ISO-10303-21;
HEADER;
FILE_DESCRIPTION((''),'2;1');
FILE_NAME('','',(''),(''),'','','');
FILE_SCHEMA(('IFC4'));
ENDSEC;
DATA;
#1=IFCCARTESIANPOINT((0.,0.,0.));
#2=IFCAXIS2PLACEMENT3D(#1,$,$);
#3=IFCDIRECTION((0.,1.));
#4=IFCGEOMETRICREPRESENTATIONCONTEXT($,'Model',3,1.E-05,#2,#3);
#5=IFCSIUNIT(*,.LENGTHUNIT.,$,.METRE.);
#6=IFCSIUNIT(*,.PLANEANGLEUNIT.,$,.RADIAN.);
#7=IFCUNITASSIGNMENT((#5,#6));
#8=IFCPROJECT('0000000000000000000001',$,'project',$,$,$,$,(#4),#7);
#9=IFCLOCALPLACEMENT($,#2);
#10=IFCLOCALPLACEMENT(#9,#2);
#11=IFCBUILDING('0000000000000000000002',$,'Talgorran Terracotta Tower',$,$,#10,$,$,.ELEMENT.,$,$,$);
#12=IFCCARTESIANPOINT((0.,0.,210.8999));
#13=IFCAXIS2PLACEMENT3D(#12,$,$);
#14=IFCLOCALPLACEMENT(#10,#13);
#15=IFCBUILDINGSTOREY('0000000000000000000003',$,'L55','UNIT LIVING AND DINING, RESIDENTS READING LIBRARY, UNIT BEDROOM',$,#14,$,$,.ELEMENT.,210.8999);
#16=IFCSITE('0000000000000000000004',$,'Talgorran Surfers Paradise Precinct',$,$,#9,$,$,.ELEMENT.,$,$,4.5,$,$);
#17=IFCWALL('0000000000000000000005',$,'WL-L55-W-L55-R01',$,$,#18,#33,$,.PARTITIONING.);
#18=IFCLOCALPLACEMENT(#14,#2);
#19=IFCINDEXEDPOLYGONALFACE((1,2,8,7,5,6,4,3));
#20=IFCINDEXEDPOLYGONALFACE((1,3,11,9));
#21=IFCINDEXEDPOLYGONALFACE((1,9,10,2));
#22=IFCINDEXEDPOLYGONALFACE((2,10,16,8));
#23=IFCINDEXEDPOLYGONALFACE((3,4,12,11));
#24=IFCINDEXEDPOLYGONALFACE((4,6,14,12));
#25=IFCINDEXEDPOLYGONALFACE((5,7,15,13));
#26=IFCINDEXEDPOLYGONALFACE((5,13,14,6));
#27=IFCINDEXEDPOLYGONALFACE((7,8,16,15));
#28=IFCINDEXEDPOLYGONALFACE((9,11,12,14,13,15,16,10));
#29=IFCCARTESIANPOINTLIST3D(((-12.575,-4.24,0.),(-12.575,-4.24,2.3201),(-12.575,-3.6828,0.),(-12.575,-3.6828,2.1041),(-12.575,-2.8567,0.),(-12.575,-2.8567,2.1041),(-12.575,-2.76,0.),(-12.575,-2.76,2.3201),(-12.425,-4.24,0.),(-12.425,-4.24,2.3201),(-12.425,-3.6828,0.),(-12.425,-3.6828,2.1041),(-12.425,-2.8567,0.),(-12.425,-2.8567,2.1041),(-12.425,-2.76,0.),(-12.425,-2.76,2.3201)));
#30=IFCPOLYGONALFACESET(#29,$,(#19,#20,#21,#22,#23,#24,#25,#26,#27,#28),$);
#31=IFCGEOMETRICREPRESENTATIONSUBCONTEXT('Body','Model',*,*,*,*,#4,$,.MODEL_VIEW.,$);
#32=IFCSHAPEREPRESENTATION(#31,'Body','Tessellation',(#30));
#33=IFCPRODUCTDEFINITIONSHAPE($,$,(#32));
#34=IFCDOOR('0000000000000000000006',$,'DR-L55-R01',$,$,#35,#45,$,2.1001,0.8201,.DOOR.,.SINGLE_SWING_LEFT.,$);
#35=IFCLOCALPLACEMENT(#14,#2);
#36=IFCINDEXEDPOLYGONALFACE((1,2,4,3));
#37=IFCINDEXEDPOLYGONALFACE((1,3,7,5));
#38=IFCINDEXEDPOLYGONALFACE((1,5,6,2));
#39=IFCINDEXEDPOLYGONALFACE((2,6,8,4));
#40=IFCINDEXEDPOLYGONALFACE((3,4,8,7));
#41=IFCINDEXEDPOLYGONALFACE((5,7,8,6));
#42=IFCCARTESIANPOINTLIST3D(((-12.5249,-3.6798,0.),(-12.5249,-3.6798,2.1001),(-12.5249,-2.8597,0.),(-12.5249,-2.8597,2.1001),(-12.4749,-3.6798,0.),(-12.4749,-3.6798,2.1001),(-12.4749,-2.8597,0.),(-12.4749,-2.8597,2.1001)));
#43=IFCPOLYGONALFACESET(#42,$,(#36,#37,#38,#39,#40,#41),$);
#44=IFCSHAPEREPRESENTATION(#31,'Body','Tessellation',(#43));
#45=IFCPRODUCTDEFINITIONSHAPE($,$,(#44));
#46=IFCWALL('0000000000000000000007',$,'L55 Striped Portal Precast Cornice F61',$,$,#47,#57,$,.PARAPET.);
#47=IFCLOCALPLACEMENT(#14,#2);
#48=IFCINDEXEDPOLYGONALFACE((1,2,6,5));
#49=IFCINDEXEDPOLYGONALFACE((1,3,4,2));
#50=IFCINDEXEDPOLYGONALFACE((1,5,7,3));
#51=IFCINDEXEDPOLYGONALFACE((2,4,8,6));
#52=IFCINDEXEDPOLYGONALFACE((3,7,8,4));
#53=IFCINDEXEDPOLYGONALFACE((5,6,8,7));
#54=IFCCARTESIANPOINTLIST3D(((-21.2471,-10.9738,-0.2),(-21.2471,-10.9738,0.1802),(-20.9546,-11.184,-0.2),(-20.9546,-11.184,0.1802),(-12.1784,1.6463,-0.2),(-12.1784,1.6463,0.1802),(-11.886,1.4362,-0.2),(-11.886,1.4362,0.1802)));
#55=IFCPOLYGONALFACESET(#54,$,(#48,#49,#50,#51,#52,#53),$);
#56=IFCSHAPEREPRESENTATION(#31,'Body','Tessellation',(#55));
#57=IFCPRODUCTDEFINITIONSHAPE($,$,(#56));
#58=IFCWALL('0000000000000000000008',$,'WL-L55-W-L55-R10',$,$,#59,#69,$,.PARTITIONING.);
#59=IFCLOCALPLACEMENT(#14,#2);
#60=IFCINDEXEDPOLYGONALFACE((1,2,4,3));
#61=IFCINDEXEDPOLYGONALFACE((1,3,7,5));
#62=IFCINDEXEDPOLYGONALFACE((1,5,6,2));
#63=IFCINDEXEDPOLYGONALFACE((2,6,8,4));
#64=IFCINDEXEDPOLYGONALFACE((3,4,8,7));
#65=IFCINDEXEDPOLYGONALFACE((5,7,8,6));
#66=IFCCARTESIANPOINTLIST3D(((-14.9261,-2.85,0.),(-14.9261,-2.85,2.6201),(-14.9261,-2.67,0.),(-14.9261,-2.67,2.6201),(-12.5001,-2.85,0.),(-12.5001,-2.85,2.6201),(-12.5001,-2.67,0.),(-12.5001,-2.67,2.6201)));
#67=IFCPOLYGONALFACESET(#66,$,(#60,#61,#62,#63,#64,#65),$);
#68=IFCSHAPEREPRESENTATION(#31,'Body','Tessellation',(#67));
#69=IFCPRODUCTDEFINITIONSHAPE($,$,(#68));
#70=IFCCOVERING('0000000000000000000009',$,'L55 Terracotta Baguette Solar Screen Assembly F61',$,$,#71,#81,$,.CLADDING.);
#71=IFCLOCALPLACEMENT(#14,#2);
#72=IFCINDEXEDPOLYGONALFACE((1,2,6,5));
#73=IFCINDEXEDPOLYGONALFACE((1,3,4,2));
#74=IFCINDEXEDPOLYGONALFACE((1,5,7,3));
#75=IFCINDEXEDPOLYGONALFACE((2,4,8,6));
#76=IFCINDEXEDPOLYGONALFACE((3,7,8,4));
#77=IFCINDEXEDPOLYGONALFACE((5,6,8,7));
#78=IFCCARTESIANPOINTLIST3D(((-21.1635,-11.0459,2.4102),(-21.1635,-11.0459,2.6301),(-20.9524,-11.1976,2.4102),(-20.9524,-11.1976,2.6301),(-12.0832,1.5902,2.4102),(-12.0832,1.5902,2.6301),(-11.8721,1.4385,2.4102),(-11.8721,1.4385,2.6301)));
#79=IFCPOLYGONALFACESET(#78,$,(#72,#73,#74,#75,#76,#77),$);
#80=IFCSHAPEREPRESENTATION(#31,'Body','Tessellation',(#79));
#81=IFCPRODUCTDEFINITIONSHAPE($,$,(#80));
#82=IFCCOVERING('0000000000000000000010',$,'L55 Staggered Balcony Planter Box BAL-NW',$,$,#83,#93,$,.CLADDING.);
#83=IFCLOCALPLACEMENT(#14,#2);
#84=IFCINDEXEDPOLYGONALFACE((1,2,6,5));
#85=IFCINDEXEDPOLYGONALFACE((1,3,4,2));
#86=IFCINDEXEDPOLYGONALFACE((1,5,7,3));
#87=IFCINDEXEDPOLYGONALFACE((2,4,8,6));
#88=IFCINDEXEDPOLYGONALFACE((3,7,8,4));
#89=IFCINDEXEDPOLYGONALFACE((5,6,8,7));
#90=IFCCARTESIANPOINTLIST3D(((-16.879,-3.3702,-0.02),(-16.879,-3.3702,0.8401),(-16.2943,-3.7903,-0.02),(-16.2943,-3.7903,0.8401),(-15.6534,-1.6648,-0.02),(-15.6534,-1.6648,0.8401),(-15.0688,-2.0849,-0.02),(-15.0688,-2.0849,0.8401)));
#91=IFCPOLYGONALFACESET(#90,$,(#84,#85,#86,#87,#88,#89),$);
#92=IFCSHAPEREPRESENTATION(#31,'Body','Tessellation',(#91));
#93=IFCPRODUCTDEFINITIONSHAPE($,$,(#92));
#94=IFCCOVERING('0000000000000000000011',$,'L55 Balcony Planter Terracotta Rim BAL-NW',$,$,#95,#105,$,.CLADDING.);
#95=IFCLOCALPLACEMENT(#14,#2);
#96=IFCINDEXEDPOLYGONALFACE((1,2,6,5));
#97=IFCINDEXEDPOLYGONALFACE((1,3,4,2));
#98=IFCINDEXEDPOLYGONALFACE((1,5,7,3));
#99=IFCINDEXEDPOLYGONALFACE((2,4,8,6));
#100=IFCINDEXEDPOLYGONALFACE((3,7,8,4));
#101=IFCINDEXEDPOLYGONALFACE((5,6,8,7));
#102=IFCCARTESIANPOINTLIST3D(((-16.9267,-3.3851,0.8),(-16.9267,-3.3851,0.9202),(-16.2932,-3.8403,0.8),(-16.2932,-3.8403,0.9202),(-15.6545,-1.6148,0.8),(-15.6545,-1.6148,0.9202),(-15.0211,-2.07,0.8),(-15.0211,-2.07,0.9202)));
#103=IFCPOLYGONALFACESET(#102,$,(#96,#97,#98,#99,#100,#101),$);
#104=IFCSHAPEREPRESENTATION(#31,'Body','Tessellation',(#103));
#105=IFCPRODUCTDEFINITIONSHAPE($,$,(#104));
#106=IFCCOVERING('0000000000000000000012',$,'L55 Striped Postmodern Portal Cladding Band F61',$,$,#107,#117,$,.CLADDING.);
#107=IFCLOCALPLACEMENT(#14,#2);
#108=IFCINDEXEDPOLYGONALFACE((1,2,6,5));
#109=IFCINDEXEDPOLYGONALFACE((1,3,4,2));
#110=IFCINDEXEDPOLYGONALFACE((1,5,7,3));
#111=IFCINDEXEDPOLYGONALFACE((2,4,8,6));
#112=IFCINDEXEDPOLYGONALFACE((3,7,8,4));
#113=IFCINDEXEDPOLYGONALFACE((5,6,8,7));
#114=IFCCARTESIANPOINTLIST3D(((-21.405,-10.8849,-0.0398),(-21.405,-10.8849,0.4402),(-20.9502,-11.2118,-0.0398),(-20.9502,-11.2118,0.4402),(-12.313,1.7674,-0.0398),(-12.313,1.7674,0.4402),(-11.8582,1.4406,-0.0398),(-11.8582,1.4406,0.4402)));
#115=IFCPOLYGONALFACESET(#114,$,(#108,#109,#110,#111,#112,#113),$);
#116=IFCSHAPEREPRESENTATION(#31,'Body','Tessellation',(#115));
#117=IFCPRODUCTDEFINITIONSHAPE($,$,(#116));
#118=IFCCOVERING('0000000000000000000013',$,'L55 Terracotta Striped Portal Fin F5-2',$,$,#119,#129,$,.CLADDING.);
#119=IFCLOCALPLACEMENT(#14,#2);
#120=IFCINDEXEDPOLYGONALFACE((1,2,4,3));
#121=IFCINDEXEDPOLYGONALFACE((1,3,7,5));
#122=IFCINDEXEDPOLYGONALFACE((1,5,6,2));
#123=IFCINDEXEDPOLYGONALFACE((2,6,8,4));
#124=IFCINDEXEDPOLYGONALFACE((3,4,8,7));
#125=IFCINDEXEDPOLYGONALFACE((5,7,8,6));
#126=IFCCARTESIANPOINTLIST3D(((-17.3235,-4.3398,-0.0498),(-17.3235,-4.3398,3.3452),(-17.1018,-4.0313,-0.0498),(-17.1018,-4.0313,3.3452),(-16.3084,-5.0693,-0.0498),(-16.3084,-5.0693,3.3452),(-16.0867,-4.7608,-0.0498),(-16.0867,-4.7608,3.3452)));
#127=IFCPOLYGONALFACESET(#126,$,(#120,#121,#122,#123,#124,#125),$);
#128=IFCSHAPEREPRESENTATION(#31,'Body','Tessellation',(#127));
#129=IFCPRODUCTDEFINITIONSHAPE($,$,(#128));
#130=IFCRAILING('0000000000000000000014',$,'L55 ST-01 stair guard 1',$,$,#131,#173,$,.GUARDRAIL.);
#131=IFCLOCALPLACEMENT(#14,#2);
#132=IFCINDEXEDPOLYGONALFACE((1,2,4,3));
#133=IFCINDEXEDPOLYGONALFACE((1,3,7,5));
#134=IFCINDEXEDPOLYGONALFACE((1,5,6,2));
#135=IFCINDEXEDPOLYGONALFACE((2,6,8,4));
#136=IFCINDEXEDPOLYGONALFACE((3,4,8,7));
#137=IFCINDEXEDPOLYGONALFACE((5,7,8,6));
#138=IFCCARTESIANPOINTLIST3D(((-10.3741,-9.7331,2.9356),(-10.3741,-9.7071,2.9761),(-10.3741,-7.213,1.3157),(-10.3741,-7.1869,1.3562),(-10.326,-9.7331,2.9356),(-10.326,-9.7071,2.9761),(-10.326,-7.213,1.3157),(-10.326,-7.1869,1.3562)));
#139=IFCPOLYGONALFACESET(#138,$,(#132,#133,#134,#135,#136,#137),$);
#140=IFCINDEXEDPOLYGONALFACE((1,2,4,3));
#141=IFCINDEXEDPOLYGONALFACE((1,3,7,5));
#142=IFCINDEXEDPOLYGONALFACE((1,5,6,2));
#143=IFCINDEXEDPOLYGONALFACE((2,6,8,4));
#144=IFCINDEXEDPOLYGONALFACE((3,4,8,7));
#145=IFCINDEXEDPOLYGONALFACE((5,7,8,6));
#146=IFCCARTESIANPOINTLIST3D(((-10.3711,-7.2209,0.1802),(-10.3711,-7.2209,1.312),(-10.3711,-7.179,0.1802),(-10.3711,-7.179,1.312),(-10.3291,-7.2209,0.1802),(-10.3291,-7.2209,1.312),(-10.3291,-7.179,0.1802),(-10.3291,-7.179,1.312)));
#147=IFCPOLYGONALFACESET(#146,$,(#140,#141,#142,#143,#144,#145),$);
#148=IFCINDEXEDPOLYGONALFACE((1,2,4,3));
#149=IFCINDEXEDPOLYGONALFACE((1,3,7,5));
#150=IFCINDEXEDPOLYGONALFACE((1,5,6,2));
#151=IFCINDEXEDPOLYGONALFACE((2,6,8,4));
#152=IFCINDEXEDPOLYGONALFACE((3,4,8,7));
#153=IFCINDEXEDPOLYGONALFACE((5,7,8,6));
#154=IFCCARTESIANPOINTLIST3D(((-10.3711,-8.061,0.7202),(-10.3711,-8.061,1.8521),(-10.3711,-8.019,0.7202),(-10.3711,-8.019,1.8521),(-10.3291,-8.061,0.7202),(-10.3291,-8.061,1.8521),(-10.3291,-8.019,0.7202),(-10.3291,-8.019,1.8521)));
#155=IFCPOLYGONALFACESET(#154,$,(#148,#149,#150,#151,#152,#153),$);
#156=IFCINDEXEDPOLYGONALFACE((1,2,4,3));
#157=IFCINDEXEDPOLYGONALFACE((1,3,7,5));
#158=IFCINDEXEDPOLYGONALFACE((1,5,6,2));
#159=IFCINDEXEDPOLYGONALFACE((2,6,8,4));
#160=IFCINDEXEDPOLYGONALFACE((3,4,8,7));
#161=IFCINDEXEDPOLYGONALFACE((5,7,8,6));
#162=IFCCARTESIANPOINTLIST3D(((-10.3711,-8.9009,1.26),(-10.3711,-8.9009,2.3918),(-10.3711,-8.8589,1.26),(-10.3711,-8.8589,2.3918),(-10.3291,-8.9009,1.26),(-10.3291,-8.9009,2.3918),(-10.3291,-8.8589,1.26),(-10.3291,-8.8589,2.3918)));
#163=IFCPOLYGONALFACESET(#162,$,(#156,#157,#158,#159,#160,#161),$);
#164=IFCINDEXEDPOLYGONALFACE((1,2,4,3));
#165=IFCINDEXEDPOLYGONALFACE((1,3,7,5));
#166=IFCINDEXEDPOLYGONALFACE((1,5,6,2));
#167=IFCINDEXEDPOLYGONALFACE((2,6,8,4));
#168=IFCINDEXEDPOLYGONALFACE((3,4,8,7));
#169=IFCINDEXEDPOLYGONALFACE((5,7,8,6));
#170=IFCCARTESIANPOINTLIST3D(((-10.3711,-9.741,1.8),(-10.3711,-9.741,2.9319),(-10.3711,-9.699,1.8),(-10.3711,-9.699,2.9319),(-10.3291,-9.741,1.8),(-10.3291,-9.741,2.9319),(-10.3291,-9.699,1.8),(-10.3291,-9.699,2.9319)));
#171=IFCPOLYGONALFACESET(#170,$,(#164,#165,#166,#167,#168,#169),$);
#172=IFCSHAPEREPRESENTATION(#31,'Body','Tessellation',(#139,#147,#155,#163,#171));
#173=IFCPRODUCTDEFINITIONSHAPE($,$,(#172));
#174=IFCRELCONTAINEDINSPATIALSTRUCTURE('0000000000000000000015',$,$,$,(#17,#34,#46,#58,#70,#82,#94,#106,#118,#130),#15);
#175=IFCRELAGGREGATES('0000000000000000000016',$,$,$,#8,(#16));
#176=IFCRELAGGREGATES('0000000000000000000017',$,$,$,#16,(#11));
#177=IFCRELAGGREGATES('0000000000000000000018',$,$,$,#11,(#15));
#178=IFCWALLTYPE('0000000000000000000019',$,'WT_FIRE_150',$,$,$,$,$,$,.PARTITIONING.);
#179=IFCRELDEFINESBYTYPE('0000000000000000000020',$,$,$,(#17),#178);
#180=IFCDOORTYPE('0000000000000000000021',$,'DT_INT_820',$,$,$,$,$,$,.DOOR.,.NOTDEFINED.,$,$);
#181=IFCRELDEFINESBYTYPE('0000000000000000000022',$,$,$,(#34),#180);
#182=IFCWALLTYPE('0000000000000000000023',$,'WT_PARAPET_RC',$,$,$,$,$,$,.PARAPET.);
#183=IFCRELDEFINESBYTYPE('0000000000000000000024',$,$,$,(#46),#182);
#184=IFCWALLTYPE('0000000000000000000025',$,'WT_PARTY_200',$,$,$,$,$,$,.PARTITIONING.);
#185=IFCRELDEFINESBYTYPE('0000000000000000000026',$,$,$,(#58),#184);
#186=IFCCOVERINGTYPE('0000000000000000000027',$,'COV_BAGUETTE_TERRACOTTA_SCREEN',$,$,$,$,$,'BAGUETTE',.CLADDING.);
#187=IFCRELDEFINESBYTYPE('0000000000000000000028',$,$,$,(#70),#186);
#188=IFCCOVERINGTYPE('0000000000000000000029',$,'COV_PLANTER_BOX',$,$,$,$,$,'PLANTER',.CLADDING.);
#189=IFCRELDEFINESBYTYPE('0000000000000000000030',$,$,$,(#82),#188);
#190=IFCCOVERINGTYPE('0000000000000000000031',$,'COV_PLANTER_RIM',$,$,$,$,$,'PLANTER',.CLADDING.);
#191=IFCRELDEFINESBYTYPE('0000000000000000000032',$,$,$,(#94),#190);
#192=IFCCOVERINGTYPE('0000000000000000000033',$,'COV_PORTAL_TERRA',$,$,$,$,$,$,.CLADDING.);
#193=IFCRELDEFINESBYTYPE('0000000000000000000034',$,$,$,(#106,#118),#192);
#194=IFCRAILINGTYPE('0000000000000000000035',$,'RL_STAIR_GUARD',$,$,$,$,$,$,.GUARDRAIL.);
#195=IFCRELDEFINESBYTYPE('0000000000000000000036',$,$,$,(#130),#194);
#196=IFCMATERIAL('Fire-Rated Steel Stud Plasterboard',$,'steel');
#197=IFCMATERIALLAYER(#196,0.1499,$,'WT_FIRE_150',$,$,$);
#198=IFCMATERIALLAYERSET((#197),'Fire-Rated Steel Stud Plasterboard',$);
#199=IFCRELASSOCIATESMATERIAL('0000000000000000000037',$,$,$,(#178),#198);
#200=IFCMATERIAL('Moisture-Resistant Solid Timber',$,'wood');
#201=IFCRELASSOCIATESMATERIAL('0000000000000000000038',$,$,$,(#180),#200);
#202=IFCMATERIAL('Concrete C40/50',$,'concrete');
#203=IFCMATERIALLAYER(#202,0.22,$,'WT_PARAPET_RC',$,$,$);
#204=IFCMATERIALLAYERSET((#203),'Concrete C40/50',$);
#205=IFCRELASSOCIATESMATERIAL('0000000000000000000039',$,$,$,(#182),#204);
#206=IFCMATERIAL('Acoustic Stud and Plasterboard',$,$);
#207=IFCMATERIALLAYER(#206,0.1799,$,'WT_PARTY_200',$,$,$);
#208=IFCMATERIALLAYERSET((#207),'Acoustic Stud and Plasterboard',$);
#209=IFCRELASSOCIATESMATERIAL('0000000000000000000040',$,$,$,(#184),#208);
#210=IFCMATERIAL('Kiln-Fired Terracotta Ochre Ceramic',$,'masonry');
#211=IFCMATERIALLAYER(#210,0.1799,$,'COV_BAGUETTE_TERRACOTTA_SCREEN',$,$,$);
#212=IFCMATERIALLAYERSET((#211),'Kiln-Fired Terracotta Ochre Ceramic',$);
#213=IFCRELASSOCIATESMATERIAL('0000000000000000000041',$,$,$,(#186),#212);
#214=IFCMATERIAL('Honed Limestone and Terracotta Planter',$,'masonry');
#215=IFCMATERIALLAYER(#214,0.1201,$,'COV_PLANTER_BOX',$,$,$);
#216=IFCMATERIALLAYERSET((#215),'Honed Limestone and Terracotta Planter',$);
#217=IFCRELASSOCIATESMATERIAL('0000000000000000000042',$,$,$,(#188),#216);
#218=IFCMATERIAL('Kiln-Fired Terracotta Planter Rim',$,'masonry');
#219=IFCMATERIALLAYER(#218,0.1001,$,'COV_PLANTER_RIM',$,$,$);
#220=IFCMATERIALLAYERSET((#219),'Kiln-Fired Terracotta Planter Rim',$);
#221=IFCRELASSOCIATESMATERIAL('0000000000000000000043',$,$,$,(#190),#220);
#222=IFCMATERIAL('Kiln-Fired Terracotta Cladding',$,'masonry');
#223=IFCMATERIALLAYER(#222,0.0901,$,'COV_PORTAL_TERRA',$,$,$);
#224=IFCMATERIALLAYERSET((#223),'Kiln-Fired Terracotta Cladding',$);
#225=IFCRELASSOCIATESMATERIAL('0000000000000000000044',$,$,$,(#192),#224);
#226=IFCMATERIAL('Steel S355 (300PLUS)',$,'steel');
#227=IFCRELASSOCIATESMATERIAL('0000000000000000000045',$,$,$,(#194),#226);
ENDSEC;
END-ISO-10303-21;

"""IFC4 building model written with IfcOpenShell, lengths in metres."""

from ifc_helpers import new_model, si_unit, direction, frame, frame_2d, origin, origin_2d, place, context, subcontext, project, spatial, rectangle, extrude, material, layer, layer_set, type_object, element, fill, save


model = new_model("IFC4")

# Units and contexts
model_context = context("Model", 3, precision=1e-05, world=origin(), true_north=direction((0.0, 1.0)))
body_context = subcontext(model_context, "Body", "Model", "MODEL_VIEW")
ifc_project = project(units=[si_unit("LENGTHUNIT", "METRE"), si_unit("PLANEANGLEUNIT", "RADIAN")], contexts=[model_context])

# Site, building, storey
site_placement = place(None, origin())
site = spatial("IfcSite", under=ifc_project, at=site_placement, Name="Talgorran Surfers Paradise Precinct", CompositionType="ELEMENT", RefElevation=4.5)
building_placement = place(site_placement, origin())
building = spatial("IfcBuilding", under=site, at=building_placement, Name="Talgorran Terracotta Tower", CompositionType="ELEMENT")
storey_placement = place(building_placement, frame((0.0, 0.0, 210.8999)))
storey = spatial("IfcBuildingStorey", under=building, at=storey_placement, Name="L55", Description="UNIT LIVING AND DINING, RESIDENTS READING LIBRARY, UNIT BEDROOM", CompositionType="ELEMENT", Elevation=210.8999)

# Shared definitions
ifc_material_1 = material(Name="Steel S355 (300PLUS)", Category="steel")

# Wall, opening, door
ifc_material_2 = material(Name="Fire-Rated Steel Stud Plasterboard", Category="steel")
ifc_layer_1 = layer(ifc_material_2, 0.1499, Name="WT_FIRE_150")
ifc_layer_set_1 = layer_set([ifc_layer_1], Name="Fire-Rated Steel Stud Plasterboard")
wall_type_1 = type_object("IfcWallType", Name="WT_FIRE_150", PredefinedType="PARTITIONING", material=ifc_layer_set_1)
wall_1_placement = place(storey_placement, frame((-12.5, -4.24, 0.0), z_axis=(0.0, 0.0, 1.0), x_axis=(0.0, 1.0, 0.0)))
wall_1 = element("IfcWall", 1, at=wall_1_placement, inside=storey, type_object=wall_type_1, Name="WL-L55-W-L55-R01", PredefinedType="PARTITIONING", context=body_context, shape_type="SweptSolid", body=[
    extrude(rectangle(XDim=1.48, YDim=0.1499, at=frame_2d((0.74, 0.0))), origin(), (0.0, 0.0, 1.0), 2.3201),
])
opening_1_placement = place(wall_1_placement, frame((0.5601, 0.0, 0.0)))
opening_1 = element("IfcOpeningElement", 2, at=opening_1_placement, cuts=wall_1, PredefinedType="OPENING", context=body_context, shape_type="SweptSolid", body=[
    extrude(rectangle(XDim=0.8261, YDim=2.1041, at=frame_2d((0.4102, 1.052))), frame((0.0, 0.085, 0.0), z_axis=(0.0, -1.0, 0.0), x_axis=(1.0, 0.0, 0.0)), (0.0, 0.0, 1.0), 0.1699),
])
ifc_material_3 = material(Name="Moisture-Resistant Solid Timber", Category="wood")
door_type_1 = type_object("IfcDoorType", Name="DT_INT_820", OperationType="NOTDEFINED", PredefinedType="DOOR", material=ifc_material_3)
door_1_placement = place(opening_1_placement, origin())
door_1 = element("IfcDoor", 3, at=door_1_placement, inside=storey, type_object=door_type_1, Name="DR-L55-R01", OperationType="SINGLE_SWING_LEFT", OverallHeight=2.1001, OverallWidth=0.8201, PredefinedType="DOOR", context=body_context, shape_type="SweptSolid", body=[
    extrude(rectangle(XDim=0.8201, YDim=2.1001, at=frame_2d((0.4102, 1.05))), frame((0.0, 0.0249, 0.0), z_axis=(0.0, -1.0, 0.0), x_axis=(1.0, 0.0, 0.0)), (0.0, 0.0, 1.0), 0.05),
])
fill(opening_1, door_1)

# Walls
ifc_material_4 = material(Name="Concrete C40/50", Category="concrete")
ifc_layer_2 = layer(ifc_material_4, 0.22, Name="WT_PARAPET_RC")
ifc_layer_set_2 = layer_set([ifc_layer_2], Name="Concrete C40/50")
wall_type_2 = type_object("IfcWallType", Name="WT_PARAPET_RC", PredefinedType="PARAPET", material=ifc_layer_set_2)
wall_2_placement = place(storey_placement, frame((-12.0322, 1.5413, -0.2), z_axis=(0.0, 0.0, 1.0), x_axis=(-0.583547, -0.81208, 0.0)))
element("IfcWall", 4, at=wall_2_placement, inside=storey, type_object=wall_type_2, Name="L55 Striped Portal Precast Cornice F61", PredefinedType="PARAPET", context=body_context, shape_type="SweptSolid", body=[
    extrude(rectangle(XDim=15.5405, YDim=0.3601, at=frame_2d((7.7703, 0.0))), origin(), (0.0, 0.0, 1.0), 0.3801),
])
ifc_material_5 = material(Name="Acoustic Stud and Plasterboard")
ifc_layer_3 = layer(ifc_material_5, 0.1799, Name="WT_PARTY_200")
ifc_layer_set_3 = layer_set([ifc_layer_3], Name="Acoustic Stud and Plasterboard")
wall_type_3 = type_object("IfcWallType", Name="WT_PARTY_200", PredefinedType="PARTITIONING", material=ifc_layer_set_3)
wall_3_placement = place(storey_placement, frame((-14.926, -2.76, 0.0), z_axis=(0.0, 0.0, 1.0), x_axis=(1.0, 0.0, 0.0)))
element("IfcWall", 5, at=wall_3_placement, inside=storey, type_object=wall_type_3, Name="WL-L55-W-L55-R10", PredefinedType="PARTITIONING", context=body_context, shape_type="SweptSolid", body=[
    extrude(rectangle(XDim=2.426, YDim=0.1799, at=frame_2d((1.2129, 0.0))), origin(), (0.0, 0.0, 1.0), 2.6201),
])

# Coverings
ifc_material_6 = material(Name="Kiln-Fired Terracotta Ochre Ceramic", Category="masonry")
ifc_layer_4 = layer(ifc_material_6, 0.1799, Name="COV_BAGUETTE_TERRACOTTA_SCREEN")
ifc_layer_set_4 = layer_set([ifc_layer_4], Name="Kiln-Fired Terracotta Ochre Ceramic")
covering_type_1 = type_object("IfcCoveringType", Name="COV_BAGUETTE_TERRACOTTA_SCREEN", ElementType="BAGUETTE", PredefinedType="CLADDING", material=ifc_layer_set_4)
covering_1_placement = place(storey_placement, frame((-16.5178, -4.8037, 2.4102), z_axis=(0.0, 0.0, 1.0), x_axis=(-0.583555, -0.812073, 0.0)))
element("IfcCovering", 6, at=covering_1_placement, inside=storey, type_object=covering_type_1, Name="L55 Terracotta Baguette Solar Screen Assembly F61", PredefinedType="CLADDING", context=body_context, shape_type="SweptSolid", body=[
    extrude(rectangle(XDim=15.5603, YDim=0.26, at=origin_2d()), origin(), (0.0, 0.0, 1.0), 0.22),
])
ifc_material_7 = material(Name="Honed Limestone and Terracotta Planter", Category="masonry")
ifc_layer_5 = layer(ifc_material_7, 0.1201, Name="COV_PLANTER_BOX")
ifc_layer_set_5 = layer_set([ifc_layer_5], Name="Honed Limestone and Terracotta Planter")
covering_type_2 = type_object("IfcCoveringType", Name="COV_PLANTER_BOX", ElementType="PLANTER", PredefinedType="CLADDING", material=ifc_layer_set_5)
covering_2_placement = place(storey_placement, frame((-15.9739, -2.7275, -0.02), z_axis=(0.0, 0.0, 1.0), x_axis=(-0.583555, -0.812073, 0.0)))
element("IfcCovering", 7, at=covering_2_placement, inside=storey, type_object=covering_type_2, Name="L55 Staggered Balcony Planter Box BAL-NW", PredefinedType="CLADDING", context=body_context, shape_type="SweptSolid", body=[
    extrude(rectangle(XDim=2.1001, YDim=0.72, at=origin_2d()), origin(), (0.0, 0.0, 1.0), 0.8601),
])
ifc_material_8 = material(Name="Kiln-Fired Terracotta Planter Rim", Category="masonry")
ifc_layer_6 = layer(ifc_material_8, 0.1001, Name="COV_PLANTER_RIM")
ifc_layer_set_6 = layer_set([ifc_layer_6], Name="Kiln-Fired Terracotta Planter Rim")
covering_type_3 = type_object("IfcCoveringType", Name="COV_PLANTER_RIM", ElementType="PLANTER", PredefinedType="CLADDING", material=ifc_layer_set_6)
covering_3_placement = place(storey_placement, frame((-15.9739, -2.7275, 0.8), z_axis=(0.0, 0.0, 1.0), x_axis=(-0.583555, -0.812073, 0.0)))
element("IfcCovering", 8, at=covering_3_placement, inside=storey, type_object=covering_type_3, Name="L55 Balcony Planter Terracotta Rim BAL-NW", PredefinedType="CLADDING", context=body_context, shape_type="SweptSolid", body=[
    extrude(rectangle(XDim=2.1799, YDim=0.78, at=origin_2d()), origin(), (0.0, 0.0, 1.0), 0.1201),
])
ifc_material_9 = material(Name="Kiln-Fired Terracotta Cladding", Category="masonry")
ifc_layer_7 = layer(ifc_material_9, 0.0901, Name="COV_PORTAL_TERRA")
ifc_layer_set_7 = layer_set([ifc_layer_7], Name="Kiln-Fired Terracotta Cladding")
covering_type_4 = type_object("IfcCoveringType", Name="COV_PORTAL_TERRA", PredefinedType="CLADDING", material=ifc_layer_set_7)
covering_4_placement = place(storey_placement, frame((-16.6316, -4.7222, -0.0398), z_axis=(0.0, 0.0, 1.0), x_axis=(-0.583555, -0.812073, 0.0)))
element("IfcCovering", 9, at=covering_4_placement, inside=storey, type_object=covering_type_4, Name="L55 Striped Postmodern Portal Cladding Band F61", PredefinedType="CLADDING", context=body_context, shape_type="SweptSolid", body=[
    extrude(rectangle(XDim=15.5803, YDim=0.5601, at=origin_2d()), origin(), (0.0, 0.0, 1.0), 0.48),
])
covering_5_placement = place(storey_placement, frame((-16.7051, -4.5503, -0.0498), z_axis=(0.0, 0.0, 1.0), x_axis=(-0.583555, -0.812073, 0.0)))
element("IfcCovering", 10, at=covering_5_placement, inside=storey, type_object=covering_type_4, Name="L55 Terracotta Striped Portal Fin F5-2", PredefinedType="CLADDING", context=body_context, shape_type="SweptSolid", body=[
    extrude(rectangle(XDim=0.3799, YDim=1.25, at=origin_2d()), origin(), (0.0, 0.0, 1.0), 3.395),
])

# Railing
railing_type = type_object("IfcRailingType", Name="RL_STAIR_GUARD", PredefinedType="GUARDRAIL", material=ifc_material_1)
railing_placement = place(storey_placement, frame((-10.3501, -7.2, 0.1802)))
element("IfcRailing", 11, at=railing_placement, inside=storey, type_object=railing_type, Name="L55 ST-01 stair guard 1", PredefinedType="GUARDRAIL", context=body_context, shape_type="SweptSolid", body=[
    extrude(rectangle(XDim=0.0481, YDim=0.0481, at=origin_2d()), frame((0.0, 0.0, 1.1558), z_axis=(0.0, -0.8412, 0.540725), x_axis=(1.0, 0.0, 0.0)), (0.0, 0.0, 1.0), 2.9958),
    extrude(rectangle(XDim=0.042, YDim=0.042, at=origin_2d()), origin(), (0.0, 0.0, 1.0), 1.1318),
    extrude(rectangle(XDim=0.042, YDim=0.042, at=origin_2d()), frame((0.0, -0.8401, 0.54)), (0.0, 0.0, 1.0), 1.1318),
    extrude(rectangle(XDim=0.042, YDim=0.042, at=origin_2d()), frame((0.0, -1.6799, 1.0798)), (0.0, 0.0, 1.0), 1.1318),
    extrude(rectangle(XDim=0.042, YDim=0.042, at=origin_2d()), frame((0.0, -2.52, 1.6199)), (0.0, 0.0, 1.0), 1.1318),
])

save(model, "model.ifc")
